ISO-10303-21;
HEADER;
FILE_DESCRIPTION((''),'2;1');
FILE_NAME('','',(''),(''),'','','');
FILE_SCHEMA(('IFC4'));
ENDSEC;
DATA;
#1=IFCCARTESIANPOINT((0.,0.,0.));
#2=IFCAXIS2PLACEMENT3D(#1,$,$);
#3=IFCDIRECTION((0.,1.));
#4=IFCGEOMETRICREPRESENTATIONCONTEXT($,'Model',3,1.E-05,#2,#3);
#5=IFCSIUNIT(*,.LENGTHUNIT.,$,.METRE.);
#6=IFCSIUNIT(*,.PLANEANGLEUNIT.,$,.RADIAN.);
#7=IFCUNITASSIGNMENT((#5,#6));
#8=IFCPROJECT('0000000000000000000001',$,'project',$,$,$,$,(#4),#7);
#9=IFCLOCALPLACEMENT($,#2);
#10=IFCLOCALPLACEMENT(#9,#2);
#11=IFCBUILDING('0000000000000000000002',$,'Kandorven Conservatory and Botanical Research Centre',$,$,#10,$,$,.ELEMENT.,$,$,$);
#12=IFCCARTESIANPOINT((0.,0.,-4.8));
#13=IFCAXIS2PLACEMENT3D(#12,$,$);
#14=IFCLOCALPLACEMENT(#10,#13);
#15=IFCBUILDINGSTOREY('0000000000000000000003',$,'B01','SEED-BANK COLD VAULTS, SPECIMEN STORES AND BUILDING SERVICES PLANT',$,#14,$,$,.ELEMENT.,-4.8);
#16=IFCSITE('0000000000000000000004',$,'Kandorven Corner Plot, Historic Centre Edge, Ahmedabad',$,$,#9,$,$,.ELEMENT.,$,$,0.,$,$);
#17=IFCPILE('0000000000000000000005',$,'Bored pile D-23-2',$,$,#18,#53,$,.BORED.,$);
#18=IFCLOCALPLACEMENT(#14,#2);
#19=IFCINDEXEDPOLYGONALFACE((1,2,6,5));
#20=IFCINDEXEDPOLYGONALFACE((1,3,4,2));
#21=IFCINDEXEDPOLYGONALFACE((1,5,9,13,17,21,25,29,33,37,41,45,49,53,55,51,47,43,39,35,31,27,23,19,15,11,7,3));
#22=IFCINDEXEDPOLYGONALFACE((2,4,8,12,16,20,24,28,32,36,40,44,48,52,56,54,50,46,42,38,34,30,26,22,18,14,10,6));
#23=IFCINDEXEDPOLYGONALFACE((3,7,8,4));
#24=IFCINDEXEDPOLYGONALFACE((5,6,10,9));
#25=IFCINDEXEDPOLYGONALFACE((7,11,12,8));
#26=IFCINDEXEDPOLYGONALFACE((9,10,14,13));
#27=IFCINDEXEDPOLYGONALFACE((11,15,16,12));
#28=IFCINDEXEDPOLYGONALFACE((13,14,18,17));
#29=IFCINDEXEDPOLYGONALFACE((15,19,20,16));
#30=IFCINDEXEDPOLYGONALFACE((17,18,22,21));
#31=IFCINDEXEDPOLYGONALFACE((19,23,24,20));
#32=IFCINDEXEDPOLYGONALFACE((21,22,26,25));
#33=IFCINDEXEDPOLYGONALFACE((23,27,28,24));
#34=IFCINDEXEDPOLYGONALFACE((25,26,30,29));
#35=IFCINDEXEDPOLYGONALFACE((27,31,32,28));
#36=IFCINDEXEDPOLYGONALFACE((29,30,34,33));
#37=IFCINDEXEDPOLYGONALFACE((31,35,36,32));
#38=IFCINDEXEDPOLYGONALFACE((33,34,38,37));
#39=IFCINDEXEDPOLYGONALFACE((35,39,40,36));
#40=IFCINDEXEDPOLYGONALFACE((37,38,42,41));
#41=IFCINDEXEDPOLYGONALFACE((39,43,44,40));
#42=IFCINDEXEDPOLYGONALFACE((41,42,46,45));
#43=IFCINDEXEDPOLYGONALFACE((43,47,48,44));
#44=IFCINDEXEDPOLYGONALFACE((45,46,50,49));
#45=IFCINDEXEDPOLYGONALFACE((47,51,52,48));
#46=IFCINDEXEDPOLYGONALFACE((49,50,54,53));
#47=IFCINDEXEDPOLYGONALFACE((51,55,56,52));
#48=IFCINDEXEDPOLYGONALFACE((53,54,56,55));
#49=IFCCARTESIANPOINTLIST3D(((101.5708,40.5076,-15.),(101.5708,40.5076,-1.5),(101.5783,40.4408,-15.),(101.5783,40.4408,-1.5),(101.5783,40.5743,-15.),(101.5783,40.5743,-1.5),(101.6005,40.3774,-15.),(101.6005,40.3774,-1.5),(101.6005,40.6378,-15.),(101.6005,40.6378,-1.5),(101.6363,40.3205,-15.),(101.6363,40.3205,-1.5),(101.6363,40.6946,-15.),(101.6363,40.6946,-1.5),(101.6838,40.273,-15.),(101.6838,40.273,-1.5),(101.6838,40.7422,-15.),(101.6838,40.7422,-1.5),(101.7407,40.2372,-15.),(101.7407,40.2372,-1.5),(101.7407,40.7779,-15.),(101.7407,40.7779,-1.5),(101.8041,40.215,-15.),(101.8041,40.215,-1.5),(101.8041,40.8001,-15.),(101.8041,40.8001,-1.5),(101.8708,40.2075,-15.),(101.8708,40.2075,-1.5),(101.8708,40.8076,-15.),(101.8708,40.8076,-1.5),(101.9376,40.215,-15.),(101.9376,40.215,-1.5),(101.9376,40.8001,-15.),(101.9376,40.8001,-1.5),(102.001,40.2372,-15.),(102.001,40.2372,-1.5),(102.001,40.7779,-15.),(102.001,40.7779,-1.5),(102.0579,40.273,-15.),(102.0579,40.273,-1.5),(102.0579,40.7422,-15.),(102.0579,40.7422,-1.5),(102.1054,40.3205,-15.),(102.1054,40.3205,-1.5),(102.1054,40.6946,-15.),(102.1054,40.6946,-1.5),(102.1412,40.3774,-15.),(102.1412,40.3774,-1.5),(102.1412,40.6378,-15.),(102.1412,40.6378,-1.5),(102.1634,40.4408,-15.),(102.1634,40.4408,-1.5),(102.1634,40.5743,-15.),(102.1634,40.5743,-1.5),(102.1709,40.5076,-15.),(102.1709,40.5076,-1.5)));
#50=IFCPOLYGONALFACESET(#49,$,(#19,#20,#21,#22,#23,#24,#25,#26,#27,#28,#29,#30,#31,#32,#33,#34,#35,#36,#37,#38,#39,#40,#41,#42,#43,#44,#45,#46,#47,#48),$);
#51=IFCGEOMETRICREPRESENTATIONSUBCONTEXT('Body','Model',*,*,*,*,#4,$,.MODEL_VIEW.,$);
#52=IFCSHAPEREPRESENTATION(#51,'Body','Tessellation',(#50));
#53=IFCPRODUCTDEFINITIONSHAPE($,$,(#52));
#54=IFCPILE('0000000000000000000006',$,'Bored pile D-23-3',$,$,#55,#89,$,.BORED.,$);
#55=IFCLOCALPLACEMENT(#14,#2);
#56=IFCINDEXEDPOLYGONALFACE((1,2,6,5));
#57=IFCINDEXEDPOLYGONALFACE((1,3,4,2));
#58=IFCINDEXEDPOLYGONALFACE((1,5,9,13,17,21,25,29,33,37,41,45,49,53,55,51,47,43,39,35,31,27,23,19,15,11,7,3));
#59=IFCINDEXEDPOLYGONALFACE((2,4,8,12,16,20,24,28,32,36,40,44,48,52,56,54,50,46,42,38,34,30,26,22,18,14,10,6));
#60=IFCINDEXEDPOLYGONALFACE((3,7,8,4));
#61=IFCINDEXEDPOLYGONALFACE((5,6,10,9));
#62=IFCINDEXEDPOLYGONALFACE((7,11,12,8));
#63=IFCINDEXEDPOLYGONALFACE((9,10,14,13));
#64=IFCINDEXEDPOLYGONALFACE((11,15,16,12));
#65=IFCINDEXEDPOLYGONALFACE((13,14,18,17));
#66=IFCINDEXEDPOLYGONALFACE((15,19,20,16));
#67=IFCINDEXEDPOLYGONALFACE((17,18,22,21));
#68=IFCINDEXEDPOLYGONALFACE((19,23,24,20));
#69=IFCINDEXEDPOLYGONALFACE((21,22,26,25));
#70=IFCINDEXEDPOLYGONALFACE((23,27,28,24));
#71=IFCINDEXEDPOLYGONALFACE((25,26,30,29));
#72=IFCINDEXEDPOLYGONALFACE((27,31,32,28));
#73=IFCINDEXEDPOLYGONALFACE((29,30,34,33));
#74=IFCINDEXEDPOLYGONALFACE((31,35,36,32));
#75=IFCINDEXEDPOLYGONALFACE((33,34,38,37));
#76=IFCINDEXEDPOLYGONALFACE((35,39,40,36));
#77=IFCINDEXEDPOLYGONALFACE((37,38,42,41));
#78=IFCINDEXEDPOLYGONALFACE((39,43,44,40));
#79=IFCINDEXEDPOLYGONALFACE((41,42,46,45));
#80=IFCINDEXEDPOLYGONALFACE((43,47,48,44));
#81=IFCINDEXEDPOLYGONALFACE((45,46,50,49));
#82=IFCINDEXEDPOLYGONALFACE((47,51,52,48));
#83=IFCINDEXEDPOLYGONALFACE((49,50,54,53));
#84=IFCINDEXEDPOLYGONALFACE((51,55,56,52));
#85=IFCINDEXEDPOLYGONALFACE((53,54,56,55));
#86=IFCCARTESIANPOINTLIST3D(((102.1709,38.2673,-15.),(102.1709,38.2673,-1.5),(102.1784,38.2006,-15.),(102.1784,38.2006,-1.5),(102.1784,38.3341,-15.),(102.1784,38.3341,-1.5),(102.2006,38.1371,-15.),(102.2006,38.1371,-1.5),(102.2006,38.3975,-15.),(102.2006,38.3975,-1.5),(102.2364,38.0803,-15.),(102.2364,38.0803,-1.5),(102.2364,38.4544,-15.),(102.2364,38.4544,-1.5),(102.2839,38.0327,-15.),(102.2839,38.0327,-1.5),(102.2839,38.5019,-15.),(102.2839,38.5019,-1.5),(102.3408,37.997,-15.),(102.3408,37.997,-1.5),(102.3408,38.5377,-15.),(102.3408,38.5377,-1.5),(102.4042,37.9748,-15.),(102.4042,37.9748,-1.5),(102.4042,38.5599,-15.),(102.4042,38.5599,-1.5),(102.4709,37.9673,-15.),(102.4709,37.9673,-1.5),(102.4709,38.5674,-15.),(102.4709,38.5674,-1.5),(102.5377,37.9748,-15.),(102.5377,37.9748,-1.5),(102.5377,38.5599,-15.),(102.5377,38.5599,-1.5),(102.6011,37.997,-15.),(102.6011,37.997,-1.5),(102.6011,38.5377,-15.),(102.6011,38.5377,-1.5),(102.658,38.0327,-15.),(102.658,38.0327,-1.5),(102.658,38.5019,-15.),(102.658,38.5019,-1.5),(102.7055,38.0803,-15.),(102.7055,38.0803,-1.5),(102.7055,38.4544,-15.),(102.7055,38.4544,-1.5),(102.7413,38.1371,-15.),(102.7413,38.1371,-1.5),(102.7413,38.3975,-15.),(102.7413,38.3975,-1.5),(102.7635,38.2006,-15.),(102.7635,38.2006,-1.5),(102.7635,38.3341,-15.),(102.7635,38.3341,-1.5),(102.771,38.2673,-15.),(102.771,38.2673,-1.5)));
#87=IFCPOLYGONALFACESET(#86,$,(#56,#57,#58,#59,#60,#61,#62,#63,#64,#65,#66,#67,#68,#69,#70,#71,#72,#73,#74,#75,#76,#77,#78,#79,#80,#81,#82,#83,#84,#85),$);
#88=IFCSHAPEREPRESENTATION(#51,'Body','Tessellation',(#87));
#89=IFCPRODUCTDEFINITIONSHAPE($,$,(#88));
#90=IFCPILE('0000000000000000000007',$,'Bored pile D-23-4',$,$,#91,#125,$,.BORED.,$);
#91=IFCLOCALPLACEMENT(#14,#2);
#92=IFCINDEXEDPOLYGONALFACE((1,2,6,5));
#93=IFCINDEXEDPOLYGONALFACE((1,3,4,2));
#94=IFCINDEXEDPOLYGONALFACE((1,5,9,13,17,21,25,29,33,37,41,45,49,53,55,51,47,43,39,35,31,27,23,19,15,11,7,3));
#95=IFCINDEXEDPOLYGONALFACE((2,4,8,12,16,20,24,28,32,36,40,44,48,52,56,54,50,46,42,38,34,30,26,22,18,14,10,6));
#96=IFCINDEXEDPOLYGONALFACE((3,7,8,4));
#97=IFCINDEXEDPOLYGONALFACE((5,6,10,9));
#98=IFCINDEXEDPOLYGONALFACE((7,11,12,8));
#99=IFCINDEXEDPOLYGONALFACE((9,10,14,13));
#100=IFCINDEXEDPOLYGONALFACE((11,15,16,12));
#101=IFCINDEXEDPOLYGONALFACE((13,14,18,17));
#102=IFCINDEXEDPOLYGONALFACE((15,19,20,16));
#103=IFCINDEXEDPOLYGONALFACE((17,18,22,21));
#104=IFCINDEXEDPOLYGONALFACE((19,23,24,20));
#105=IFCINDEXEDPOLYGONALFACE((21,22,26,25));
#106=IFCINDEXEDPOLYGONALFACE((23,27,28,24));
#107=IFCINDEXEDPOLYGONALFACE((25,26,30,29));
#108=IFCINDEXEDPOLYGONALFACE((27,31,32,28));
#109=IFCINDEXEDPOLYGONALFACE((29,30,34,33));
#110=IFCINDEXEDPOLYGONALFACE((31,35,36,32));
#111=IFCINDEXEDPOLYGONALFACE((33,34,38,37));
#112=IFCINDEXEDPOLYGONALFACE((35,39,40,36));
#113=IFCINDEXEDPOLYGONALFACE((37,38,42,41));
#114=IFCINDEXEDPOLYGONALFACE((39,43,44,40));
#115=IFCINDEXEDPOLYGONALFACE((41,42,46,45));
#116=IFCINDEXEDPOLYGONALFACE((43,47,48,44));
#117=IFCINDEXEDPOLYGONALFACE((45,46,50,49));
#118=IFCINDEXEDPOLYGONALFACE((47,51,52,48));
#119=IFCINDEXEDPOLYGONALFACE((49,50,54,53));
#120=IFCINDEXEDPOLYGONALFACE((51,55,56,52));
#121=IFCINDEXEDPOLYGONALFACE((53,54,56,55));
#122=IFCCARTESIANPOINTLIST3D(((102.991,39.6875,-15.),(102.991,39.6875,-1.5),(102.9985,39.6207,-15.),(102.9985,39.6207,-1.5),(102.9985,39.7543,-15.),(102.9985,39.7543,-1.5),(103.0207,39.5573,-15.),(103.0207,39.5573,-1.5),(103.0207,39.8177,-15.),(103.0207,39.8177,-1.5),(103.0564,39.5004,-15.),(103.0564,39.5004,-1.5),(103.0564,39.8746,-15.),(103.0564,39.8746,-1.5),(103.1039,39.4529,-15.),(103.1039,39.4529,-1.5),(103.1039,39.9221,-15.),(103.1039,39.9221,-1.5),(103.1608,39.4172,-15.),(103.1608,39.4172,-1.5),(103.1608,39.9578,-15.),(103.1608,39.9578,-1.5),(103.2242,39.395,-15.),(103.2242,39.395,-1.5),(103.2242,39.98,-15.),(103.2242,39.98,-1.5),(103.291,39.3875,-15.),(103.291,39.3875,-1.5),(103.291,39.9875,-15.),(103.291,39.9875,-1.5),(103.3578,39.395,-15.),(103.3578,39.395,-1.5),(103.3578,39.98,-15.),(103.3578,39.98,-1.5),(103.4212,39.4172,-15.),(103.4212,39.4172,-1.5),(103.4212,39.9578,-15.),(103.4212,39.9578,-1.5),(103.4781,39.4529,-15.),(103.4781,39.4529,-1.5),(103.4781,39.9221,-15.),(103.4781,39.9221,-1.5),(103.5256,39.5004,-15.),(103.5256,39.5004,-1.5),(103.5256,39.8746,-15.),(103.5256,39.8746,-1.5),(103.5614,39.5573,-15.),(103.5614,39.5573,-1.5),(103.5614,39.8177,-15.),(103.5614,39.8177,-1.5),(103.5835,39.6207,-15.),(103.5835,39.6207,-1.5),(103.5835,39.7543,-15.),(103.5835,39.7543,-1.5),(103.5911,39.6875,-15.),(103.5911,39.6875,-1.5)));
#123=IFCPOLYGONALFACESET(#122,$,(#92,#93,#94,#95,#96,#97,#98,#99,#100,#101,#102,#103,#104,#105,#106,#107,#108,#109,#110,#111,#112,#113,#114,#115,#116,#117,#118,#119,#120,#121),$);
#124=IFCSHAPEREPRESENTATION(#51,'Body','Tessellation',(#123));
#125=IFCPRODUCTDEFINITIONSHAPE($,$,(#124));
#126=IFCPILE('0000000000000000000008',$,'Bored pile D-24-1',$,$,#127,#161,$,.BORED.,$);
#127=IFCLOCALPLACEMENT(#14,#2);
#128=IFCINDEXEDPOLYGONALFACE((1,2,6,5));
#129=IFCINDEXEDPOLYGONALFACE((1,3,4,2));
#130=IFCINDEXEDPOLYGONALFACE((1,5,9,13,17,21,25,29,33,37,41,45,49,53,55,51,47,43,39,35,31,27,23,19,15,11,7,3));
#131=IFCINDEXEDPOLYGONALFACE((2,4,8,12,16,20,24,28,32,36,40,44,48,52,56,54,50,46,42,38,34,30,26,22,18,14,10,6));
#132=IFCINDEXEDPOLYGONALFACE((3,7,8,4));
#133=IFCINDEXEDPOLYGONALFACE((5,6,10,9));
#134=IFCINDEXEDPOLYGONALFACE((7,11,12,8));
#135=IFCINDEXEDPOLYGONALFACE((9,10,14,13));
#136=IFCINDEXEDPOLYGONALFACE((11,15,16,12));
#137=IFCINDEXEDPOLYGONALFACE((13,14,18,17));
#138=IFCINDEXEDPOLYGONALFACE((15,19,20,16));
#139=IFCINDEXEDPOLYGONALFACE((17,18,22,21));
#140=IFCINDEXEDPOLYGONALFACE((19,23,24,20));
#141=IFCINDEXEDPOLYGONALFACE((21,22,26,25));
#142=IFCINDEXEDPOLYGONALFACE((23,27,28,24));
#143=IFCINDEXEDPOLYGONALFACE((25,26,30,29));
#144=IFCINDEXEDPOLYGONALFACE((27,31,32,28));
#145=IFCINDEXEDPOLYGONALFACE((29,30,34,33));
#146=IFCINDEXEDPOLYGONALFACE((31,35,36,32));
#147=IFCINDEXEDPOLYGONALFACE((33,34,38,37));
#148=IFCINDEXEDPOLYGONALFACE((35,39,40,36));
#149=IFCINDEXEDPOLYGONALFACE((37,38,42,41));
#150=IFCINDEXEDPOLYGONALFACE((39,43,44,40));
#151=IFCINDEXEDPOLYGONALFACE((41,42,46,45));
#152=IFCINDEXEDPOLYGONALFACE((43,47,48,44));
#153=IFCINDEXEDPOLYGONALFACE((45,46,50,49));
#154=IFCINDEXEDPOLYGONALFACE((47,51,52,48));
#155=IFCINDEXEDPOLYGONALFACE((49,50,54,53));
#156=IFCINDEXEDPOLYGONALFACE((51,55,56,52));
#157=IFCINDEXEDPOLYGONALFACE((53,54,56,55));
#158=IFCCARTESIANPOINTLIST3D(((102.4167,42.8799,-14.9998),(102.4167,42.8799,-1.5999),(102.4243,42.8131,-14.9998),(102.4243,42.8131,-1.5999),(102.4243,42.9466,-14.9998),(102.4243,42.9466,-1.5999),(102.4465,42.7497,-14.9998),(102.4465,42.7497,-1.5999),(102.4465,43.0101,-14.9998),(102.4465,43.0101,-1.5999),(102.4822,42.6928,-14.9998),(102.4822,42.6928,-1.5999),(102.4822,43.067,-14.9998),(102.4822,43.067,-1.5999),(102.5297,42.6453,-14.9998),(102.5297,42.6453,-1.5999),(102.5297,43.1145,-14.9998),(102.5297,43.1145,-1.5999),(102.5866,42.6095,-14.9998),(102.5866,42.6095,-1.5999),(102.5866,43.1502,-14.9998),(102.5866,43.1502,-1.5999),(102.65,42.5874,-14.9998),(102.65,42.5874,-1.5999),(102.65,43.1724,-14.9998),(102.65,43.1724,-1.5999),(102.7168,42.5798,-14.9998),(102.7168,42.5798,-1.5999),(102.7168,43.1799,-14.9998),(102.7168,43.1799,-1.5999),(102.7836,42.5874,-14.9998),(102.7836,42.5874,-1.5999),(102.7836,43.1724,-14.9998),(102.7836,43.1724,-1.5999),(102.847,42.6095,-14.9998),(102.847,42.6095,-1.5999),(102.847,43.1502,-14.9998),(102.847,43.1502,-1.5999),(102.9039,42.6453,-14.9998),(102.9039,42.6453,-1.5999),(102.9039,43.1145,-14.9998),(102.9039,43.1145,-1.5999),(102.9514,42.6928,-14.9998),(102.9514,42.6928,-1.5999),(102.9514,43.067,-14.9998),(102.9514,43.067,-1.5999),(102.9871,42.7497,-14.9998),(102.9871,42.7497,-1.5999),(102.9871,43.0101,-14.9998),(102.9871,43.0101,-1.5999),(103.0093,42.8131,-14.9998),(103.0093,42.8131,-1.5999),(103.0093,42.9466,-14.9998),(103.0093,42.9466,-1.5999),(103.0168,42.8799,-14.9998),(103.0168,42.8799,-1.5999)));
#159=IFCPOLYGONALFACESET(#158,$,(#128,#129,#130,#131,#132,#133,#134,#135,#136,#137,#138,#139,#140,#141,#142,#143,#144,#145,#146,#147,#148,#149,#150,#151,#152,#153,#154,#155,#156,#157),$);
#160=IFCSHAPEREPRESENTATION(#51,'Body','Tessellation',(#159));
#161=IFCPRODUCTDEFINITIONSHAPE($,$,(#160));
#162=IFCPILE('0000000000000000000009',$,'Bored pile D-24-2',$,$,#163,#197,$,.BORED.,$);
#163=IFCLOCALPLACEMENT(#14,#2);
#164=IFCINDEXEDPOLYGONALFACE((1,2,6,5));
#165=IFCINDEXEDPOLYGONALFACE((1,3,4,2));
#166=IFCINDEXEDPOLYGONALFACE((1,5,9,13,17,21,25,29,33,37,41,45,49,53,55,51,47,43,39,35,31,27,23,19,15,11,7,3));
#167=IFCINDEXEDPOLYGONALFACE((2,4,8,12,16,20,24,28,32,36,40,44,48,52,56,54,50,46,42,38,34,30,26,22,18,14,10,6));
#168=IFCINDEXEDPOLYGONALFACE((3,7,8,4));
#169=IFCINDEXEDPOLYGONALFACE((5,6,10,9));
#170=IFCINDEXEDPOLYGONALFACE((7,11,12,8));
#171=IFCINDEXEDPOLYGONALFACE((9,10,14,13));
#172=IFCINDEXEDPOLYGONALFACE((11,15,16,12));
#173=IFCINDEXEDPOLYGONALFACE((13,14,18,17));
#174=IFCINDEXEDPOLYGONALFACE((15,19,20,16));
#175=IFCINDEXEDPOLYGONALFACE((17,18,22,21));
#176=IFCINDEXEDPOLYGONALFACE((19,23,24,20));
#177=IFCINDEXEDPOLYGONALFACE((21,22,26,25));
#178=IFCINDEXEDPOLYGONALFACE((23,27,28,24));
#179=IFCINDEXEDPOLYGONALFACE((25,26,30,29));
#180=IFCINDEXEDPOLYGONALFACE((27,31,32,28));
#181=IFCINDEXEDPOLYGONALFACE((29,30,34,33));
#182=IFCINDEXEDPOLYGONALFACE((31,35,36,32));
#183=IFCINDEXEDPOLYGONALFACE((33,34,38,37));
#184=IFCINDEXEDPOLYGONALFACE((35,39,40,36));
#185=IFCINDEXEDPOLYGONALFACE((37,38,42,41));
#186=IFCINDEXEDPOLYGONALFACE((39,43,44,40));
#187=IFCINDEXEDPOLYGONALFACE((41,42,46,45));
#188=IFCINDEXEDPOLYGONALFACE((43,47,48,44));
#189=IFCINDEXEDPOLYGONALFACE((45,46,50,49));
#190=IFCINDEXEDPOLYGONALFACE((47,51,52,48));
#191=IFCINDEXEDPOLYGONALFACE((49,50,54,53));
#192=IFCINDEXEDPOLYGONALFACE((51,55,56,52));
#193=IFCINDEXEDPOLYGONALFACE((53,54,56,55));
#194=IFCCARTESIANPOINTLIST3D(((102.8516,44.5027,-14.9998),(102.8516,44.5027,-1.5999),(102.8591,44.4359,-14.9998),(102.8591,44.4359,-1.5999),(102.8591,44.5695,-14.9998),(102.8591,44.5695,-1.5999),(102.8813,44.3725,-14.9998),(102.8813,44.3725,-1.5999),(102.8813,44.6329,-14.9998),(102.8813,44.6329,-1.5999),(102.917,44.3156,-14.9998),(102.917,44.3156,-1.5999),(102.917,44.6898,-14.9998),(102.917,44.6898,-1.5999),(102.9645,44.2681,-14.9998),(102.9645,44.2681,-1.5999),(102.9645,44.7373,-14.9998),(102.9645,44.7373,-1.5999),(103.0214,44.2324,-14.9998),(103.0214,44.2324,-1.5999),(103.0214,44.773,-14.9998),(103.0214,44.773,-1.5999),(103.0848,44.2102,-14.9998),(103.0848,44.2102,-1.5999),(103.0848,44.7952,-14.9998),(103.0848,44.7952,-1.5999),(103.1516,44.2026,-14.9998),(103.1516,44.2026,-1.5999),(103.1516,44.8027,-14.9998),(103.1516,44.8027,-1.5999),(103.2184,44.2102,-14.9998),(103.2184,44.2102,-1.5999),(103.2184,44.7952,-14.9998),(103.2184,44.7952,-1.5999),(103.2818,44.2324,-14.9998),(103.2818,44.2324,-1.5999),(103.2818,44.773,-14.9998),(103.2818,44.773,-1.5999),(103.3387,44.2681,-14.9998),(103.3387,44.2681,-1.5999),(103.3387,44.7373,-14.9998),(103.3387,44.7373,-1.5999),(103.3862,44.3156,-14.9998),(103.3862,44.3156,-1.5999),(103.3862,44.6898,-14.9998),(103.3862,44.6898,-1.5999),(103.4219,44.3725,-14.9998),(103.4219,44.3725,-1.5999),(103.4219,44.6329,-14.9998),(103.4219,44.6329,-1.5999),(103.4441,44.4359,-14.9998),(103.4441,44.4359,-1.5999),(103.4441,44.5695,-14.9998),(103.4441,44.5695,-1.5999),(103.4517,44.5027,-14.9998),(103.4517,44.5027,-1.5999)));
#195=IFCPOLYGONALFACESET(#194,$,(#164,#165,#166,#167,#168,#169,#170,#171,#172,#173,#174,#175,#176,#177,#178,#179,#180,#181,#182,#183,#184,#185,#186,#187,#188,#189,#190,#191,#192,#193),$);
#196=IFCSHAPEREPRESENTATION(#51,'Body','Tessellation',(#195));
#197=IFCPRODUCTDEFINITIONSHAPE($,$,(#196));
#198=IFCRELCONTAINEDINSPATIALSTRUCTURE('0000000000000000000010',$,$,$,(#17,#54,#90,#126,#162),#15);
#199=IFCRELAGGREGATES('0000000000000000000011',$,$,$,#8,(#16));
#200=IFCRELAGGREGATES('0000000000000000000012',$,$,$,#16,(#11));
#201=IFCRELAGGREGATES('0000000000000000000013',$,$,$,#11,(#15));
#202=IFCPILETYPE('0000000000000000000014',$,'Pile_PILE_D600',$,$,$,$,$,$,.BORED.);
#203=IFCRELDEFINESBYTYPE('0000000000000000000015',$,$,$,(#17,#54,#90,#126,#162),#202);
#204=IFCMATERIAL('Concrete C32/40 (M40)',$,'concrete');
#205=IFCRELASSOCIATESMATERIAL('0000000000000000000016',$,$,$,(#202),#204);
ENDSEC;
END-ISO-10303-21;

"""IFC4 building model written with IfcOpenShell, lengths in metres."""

from ifc_helpers import new_model, si_unit, direction, frame, origin, origin_2d, place, context, subcontext, project, spatial, circle, extrude, material, material_profile, profile_set, type_object, element, save


model = new_model("IFC4")

# Units and contexts
model_context = context("Model", 3, precision=1e-05, world=origin(), true_north=direction((0.0, 1.0)))
body_context = subcontext(model_context, "Body", "Model", "MODEL_VIEW")
ifc_project = project(units=[si_unit("LENGTHUNIT", "METRE"), si_unit("PLANEANGLEUNIT", "RADIAN")], contexts=[model_context])

# Site, building, storey
site_placement = place(None, origin())
site = spatial("IfcSite", under=ifc_project, at=site_placement, Name="Kandorven Corner Plot, Historic Centre Edge, Ahmedabad", CompositionType="ELEMENT", RefElevation=0.0)
building_placement = place(site_placement, origin())
building = spatial("IfcBuilding", under=site, at=building_placement, Name="Kandorven Conservatory and Botanical Research Centre", CompositionType="ELEMENT")
storey_placement = place(building_placement, frame((0.0, 0.0, -4.8)))
storey = spatial("IfcBuildingStorey", under=building, at=storey_placement, Name="B01", Description="SEED-BANK COLD VAULTS, SPECIMEN STORES AND BUILDING SERVICES PLANT", CompositionType="ELEMENT", Elevation=-4.8)

# Piles
ifc_material_1 = material(Name="Concrete C32/40 (M40)", Category="concrete")
ifc_material_profile_1 = material_profile(ifc_material_1, circle(Radius=0.3, at=origin_2d()))
ifc_profile_set_1 = profile_set([ifc_material_profile_1], Name="Concrete C32/40 (M40)")
pile_type = type_object("IfcPileType", Name="Pile_PILE_D600", PredefinedType="BORED", material=ifc_profile_set_1)
for number, where, z_axis, x_axis, name in (
    (1, (101.8708, 40.5076, -1.5), (0.0, 0.0, -1.0), (1.0, 0.0, 0.0), "Bored pile D-23-2"),
    (2, (102.4709, 38.2673, -1.5), (0.0, 0.0, -1.0), (1.0, 0.0, 0.0), "Bored pile D-23-3"),
    (3, (103.291, 39.6875, -1.5), (0.0, 0.0, -1.0), (1.0, 0.0, 0.0), "Bored pile D-23-4"),
):
    element("IfcPile", number, at=place(storey_placement, frame(where, z_axis=z_axis, x_axis=x_axis)), inside=storey, type_object=pile_type, Name=name, PredefinedType="BORED", context=body_context, shape_type="SweptSolid", body=[
        extrude(circle(Radius=0.3, at=origin_2d()), origin(), (0.0, 0.0, 1.0), 13.5),
    ])
for number, where, z_axis, x_axis, name in (
    (4, (102.7168, 42.8799, -1.5999), (0.0, 0.0, -1.0), (1.0, 0.0, 0.0), "Bored pile D-24-1"),
    (5, (103.1516, 44.5027, -1.5999), (0.0, 0.0, -1.0), (1.0, 0.0, 0.0), "Bored pile D-24-2"),
):
    element("IfcPile", number, at=place(storey_placement, frame(where, z_axis=z_axis, x_axis=x_axis)), inside=storey, type_object=pile_type, Name=name, PredefinedType="BORED", context=body_context, shape_type="SweptSolid", body=[
        extrude(circle(Radius=0.3, at=origin_2d()), origin(), (0.0, 0.0, 1.0), 13.3999),
    ])

save(model, "model.ifc")
